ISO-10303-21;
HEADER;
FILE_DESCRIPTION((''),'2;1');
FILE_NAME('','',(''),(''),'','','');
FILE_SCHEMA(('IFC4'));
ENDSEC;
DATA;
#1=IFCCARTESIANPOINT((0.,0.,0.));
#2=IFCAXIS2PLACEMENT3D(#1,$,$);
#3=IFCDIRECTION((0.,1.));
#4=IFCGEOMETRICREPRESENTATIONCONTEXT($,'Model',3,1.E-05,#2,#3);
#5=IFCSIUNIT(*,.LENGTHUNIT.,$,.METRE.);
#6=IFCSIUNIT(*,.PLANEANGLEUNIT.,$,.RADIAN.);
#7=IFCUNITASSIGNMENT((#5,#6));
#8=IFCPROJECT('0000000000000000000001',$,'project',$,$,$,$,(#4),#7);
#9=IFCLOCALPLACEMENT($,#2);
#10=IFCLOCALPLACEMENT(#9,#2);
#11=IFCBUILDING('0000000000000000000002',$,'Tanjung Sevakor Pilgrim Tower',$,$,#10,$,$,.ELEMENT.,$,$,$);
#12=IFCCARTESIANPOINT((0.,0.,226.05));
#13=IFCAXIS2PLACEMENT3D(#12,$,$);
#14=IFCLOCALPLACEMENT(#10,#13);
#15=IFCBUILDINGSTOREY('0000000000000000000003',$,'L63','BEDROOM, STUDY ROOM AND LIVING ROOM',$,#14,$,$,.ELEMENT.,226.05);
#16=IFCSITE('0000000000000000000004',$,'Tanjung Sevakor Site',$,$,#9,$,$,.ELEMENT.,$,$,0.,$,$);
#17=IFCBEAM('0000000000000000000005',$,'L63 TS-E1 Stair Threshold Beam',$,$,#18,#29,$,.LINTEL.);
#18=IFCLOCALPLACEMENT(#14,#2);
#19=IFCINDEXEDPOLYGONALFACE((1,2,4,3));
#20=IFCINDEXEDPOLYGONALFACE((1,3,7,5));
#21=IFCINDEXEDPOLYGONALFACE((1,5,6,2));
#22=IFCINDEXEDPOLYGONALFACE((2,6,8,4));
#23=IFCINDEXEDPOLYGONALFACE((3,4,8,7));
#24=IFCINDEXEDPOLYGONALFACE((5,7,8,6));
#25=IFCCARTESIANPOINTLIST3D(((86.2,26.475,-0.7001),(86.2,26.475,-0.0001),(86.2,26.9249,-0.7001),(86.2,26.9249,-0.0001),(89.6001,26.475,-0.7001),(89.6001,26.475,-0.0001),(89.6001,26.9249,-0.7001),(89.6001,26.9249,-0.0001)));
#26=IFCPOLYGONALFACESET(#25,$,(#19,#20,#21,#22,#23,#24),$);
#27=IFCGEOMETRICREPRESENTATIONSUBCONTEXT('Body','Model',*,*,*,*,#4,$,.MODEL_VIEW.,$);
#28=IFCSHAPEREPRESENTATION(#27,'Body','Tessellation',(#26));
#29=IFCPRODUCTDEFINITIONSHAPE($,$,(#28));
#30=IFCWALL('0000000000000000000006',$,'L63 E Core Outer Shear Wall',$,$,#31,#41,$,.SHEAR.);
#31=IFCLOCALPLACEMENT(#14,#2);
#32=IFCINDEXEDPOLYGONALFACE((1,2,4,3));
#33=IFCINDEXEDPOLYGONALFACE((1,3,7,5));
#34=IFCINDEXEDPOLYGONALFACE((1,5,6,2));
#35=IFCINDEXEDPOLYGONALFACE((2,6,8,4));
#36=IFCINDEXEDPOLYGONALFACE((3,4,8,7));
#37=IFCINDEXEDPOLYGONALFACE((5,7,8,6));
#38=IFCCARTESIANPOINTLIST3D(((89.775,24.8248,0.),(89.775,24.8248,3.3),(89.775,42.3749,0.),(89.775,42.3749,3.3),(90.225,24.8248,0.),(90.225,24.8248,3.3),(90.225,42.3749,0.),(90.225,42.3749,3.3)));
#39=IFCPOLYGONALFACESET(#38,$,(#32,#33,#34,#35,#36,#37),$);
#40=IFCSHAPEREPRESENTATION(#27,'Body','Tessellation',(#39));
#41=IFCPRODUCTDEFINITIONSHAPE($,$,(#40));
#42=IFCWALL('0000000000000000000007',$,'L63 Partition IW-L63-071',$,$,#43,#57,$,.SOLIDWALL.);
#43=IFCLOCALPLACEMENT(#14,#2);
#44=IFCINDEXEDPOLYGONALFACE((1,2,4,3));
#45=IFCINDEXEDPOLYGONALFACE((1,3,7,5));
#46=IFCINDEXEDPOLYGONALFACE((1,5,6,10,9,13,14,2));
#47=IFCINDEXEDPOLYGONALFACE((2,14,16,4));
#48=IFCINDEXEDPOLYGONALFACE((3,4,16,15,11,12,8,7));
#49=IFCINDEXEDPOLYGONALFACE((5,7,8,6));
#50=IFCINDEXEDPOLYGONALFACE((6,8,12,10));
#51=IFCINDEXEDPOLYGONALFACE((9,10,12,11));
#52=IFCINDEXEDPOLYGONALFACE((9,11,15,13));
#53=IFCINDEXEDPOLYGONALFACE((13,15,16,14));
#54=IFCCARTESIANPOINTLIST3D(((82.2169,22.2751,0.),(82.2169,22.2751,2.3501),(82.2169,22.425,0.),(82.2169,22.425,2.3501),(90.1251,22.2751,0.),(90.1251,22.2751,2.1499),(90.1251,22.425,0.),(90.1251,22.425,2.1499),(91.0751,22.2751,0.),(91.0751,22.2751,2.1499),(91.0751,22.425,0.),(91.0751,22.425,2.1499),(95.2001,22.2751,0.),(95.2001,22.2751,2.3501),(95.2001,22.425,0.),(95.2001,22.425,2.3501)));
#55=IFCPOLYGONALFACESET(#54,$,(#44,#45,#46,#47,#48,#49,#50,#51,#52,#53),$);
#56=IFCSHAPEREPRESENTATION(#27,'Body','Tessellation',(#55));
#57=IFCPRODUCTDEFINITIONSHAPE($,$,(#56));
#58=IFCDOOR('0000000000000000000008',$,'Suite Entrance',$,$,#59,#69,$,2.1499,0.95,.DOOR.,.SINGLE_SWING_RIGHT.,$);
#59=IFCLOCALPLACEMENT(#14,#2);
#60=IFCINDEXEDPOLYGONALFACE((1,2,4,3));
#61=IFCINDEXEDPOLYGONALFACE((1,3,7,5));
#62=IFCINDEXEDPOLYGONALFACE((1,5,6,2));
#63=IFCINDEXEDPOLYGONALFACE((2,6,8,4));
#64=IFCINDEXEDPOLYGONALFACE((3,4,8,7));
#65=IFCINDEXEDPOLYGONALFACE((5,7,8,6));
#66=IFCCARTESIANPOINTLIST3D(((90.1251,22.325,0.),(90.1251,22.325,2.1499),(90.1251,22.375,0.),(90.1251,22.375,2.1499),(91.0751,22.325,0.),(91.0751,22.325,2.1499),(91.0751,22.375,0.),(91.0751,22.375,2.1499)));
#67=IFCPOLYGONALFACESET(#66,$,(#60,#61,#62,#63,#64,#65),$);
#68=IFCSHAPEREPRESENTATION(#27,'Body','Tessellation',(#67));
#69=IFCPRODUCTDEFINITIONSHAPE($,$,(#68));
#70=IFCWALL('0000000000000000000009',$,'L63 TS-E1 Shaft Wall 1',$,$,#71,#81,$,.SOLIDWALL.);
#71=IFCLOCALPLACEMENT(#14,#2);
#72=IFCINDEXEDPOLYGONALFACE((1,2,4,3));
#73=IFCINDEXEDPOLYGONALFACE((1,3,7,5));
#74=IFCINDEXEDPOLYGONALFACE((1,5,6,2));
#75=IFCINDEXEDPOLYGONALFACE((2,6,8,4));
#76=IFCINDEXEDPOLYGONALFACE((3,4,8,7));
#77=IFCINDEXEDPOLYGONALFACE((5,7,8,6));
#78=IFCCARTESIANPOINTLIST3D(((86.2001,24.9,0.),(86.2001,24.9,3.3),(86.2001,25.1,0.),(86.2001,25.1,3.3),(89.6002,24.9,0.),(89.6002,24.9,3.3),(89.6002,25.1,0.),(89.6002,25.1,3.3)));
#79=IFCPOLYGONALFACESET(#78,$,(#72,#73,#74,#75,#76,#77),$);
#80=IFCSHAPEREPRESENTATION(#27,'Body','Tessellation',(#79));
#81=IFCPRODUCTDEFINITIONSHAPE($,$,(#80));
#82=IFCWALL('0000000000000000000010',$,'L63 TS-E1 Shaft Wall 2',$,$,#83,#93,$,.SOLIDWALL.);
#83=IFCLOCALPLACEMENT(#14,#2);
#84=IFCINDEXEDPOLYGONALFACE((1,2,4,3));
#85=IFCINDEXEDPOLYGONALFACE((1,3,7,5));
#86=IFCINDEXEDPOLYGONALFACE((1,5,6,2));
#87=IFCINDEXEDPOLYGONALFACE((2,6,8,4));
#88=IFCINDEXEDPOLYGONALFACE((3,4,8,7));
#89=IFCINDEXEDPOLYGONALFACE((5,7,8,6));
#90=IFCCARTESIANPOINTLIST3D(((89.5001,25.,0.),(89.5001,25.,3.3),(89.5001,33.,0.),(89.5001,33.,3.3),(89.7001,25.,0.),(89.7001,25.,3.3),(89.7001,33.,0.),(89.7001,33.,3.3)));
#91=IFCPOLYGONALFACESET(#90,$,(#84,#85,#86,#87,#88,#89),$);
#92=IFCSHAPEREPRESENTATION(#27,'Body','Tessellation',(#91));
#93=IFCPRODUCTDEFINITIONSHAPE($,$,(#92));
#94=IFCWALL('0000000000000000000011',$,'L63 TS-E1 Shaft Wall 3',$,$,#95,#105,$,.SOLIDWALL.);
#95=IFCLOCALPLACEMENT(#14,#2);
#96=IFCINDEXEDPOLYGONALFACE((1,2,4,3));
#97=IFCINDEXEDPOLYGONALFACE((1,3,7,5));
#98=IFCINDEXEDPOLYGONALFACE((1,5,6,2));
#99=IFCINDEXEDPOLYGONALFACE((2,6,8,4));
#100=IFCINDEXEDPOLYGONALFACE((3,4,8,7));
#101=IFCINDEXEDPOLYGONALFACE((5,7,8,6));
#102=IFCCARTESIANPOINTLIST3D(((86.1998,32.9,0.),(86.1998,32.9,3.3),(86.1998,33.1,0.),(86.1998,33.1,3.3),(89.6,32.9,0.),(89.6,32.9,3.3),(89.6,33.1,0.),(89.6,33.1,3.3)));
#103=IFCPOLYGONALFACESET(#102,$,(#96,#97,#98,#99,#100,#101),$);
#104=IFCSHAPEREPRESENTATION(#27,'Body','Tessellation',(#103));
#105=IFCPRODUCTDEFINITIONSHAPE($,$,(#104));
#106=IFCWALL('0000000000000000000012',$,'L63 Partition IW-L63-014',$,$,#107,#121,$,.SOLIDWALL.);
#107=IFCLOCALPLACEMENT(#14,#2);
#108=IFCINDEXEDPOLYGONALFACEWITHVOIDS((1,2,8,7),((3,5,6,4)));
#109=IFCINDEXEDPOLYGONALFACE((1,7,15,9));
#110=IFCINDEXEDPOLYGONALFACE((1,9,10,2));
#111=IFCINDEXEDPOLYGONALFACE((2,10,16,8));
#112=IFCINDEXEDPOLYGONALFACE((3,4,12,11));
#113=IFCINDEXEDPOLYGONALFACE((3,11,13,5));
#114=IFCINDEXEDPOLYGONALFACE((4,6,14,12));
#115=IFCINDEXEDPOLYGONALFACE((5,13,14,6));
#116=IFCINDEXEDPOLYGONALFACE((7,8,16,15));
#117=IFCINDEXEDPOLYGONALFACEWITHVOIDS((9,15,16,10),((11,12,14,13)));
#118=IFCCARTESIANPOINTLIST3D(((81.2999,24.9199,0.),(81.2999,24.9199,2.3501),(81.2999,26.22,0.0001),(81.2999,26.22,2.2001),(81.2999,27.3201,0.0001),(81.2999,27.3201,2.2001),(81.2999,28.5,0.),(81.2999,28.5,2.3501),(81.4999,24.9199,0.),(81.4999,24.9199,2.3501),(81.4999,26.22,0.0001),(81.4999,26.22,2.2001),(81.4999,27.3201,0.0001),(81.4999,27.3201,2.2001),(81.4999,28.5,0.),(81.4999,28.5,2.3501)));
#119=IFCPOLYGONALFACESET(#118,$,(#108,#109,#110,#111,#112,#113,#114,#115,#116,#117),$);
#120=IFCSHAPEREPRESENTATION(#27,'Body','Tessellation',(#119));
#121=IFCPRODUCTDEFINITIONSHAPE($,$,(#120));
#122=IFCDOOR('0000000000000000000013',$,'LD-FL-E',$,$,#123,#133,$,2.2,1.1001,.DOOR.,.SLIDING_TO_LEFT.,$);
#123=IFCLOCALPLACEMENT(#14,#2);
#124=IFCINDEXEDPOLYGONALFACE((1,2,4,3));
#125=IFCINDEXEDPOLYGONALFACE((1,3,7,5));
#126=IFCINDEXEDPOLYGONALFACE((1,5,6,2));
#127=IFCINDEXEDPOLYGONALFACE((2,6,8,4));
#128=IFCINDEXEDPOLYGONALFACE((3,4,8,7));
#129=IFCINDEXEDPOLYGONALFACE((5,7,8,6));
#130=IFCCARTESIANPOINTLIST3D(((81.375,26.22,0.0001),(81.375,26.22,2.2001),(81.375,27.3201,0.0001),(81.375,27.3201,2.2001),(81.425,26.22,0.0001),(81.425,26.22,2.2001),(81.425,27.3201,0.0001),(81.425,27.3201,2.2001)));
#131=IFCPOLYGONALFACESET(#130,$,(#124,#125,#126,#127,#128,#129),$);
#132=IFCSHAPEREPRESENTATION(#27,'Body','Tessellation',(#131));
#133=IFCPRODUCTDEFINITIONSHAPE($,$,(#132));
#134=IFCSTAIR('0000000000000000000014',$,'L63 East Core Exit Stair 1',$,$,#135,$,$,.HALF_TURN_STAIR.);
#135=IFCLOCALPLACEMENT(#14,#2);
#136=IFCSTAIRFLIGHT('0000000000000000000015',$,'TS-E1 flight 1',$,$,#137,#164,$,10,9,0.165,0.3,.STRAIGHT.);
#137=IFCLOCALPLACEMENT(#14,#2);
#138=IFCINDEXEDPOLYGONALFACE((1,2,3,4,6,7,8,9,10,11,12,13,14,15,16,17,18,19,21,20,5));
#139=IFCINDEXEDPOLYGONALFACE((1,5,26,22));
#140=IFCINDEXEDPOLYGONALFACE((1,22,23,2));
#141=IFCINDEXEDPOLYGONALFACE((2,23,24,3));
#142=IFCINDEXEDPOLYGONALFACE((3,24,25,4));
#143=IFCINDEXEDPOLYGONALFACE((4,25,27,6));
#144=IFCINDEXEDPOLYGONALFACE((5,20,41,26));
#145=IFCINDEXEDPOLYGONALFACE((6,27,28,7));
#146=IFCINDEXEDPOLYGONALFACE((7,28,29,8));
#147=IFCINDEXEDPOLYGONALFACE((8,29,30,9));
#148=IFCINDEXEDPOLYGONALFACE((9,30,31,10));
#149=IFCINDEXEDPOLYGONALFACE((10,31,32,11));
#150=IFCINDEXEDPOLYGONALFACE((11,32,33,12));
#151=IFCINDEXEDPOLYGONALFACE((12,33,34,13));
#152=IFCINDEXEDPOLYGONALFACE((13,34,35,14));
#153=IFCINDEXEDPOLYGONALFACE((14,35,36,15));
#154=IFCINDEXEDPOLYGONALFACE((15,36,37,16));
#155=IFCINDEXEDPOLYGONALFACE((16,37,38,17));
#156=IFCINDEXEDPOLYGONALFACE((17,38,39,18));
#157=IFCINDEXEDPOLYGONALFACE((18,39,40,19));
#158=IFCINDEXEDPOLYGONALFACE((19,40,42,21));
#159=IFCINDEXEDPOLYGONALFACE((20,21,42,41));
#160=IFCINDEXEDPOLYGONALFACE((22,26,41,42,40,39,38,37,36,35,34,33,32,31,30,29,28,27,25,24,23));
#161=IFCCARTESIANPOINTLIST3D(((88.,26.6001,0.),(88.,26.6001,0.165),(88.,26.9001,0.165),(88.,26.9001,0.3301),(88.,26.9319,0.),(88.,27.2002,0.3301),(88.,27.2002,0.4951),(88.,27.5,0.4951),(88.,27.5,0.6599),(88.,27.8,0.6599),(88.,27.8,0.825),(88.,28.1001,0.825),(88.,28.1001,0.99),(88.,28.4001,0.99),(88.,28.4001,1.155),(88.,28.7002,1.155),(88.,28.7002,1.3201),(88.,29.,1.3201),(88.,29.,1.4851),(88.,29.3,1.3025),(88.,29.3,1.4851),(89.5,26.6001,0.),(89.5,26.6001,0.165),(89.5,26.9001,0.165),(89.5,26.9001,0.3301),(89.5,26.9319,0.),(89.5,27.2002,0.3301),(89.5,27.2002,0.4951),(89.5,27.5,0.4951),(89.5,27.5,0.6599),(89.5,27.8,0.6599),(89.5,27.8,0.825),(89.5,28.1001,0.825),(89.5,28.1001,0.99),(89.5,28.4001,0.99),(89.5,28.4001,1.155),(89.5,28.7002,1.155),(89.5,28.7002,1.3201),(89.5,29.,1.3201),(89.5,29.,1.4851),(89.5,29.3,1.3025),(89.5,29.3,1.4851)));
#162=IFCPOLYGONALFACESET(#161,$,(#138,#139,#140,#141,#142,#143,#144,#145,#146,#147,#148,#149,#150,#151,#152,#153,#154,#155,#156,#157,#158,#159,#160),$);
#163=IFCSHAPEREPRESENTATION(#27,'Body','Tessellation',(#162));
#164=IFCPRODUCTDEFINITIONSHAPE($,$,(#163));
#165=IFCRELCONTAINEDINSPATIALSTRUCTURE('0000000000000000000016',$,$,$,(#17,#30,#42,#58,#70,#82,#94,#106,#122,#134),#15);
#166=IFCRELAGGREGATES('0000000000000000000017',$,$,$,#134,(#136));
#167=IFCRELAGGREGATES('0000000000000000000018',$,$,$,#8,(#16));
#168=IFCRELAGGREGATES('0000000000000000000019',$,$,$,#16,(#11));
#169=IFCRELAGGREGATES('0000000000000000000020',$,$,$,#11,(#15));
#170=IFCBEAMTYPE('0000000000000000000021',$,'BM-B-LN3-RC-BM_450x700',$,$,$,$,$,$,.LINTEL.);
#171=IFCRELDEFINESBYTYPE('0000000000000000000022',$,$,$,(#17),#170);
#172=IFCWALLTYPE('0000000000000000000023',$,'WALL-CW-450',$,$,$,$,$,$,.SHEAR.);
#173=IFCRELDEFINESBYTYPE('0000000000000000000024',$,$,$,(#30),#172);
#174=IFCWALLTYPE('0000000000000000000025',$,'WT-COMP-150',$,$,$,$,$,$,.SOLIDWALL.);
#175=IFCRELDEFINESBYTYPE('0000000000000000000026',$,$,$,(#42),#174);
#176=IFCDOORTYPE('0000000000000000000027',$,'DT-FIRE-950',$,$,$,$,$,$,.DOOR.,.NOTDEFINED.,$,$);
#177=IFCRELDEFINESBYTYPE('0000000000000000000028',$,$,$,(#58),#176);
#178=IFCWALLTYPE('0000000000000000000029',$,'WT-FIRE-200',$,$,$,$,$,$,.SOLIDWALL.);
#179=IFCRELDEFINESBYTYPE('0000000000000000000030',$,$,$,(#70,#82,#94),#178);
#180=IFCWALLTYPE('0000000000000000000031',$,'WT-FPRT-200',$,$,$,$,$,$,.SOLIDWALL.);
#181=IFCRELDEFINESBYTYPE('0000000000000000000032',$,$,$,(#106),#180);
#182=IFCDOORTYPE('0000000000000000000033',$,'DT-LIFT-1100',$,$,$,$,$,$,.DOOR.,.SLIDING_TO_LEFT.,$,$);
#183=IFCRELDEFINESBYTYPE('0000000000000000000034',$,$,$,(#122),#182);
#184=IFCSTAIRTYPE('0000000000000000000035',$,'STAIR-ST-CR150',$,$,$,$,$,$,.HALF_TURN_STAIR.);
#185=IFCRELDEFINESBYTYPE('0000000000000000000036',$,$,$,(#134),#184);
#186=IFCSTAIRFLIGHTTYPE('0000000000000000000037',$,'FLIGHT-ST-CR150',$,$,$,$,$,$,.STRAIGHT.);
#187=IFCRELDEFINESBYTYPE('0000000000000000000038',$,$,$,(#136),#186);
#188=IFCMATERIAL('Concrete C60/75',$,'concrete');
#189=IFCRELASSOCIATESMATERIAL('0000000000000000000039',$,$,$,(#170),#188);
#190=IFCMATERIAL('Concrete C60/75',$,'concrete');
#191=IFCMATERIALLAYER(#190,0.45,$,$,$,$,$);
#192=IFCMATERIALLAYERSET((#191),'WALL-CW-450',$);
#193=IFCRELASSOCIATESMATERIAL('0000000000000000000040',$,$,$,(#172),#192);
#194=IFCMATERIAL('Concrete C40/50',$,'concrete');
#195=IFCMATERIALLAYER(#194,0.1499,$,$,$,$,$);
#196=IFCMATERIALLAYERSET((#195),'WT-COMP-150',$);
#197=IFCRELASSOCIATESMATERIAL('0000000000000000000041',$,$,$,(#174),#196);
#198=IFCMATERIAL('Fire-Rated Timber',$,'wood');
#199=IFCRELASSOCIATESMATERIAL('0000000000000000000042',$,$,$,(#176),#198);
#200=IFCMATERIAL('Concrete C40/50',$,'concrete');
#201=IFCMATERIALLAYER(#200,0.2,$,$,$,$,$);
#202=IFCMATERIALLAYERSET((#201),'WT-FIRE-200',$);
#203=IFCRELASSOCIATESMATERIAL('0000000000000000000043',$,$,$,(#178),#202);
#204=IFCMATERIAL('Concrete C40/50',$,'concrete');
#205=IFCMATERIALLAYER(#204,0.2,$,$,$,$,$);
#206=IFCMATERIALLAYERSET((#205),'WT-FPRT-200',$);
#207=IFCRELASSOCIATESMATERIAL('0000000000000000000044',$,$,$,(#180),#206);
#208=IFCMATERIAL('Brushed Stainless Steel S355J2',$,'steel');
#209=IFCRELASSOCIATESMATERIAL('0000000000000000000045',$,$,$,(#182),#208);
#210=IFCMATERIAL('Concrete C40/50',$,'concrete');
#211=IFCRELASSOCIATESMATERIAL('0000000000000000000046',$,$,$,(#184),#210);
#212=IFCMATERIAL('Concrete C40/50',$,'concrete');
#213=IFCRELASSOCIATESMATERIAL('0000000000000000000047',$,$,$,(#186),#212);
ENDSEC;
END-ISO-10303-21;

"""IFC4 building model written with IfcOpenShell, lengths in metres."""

from ifc_helpers import new_model, si_unit, direction, frame, frame_2d, origin, origin_2d, place, context, subcontext, project, spatial, polyline, rectangle, outline, extrude, material, layer, layer_set, material_profile, profile_set, type_object, element, fill, aggregate, save


model = new_model("IFC4")

# Units and contexts
model_context = context("Model", 3, precision=1e-05, world=origin(), true_north=direction((0.0, 1.0)))
body_context = subcontext(model_context, "Body", "Model", "MODEL_VIEW")
ifc_project = project(units=[si_unit("LENGTHUNIT", "METRE"), si_unit("PLANEANGLEUNIT", "RADIAN")], contexts=[model_context])

# Site, building, storey
site_placement = place(None, origin())
site = spatial("IfcSite", under=ifc_project, at=site_placement, Name="Tanjung Sevakor Site", CompositionType="ELEMENT", RefElevation=0.0)
building_placement = place(site_placement, origin())
building = spatial("IfcBuilding", under=site, at=building_placement, Name="Tanjung Sevakor Pilgrim Tower", CompositionType="ELEMENT")
storey_placement = place(building_placement, frame((0.0, 0.0, 226.05)))
storey = spatial("IfcBuildingStorey", under=building, at=storey_placement, Name="L63", Description="BEDROOM, STUDY ROOM AND LIVING ROOM", CompositionType="ELEMENT", Elevation=226.05)

# Beam
ifc_material_1 = material(Name="Concrete C60/75", Category="concrete")
ifc_material_profile = material_profile(ifc_material_1, rectangle(XDim=0.45, YDim=0.7, at=origin_2d()))
ifc_profile_set = profile_set([ifc_material_profile], Name="Concrete C60/75")
beam_type = type_object("IfcBeamType", Name="BM-B-LN3-RC-BM_450x700", PredefinedType="LINTEL", material=ifc_profile_set)
beam_placement = place(storey_placement, frame((86.2, 26.7, -0.3501), z_axis=(1.0, 0.0, 0.0), x_axis=(0.0, 1.0, 0.0)))
element("IfcBeam", 1, at=beam_placement, inside=storey, type_object=beam_type, Name="L63 TS-E1 Stair Threshold Beam", PredefinedType="LINTEL", context=body_context, shape_type="SweptSolid", body=[
    extrude(rectangle(XDim=0.45, YDim=0.7, at=origin_2d()), origin(), (0.0, 0.0, 1.0), 3.4001),
])

# Wall
ifc_material_2 = material(Name="Concrete C60/75", Category="concrete")
ifc_layer_1 = layer(ifc_material_2, 0.45)
ifc_layer_set_1 = layer_set([ifc_layer_1], Name="WALL-CW-450")
wall_type_1 = type_object("IfcWallType", Name="WALL-CW-450", PredefinedType="SHEAR", material=ifc_layer_set_1)
wall_1_placement = place(storey_placement, frame((90.0, 24.825, 0.0), z_axis=(0.0, 0.0, 1.0), x_axis=(0.0, 1.0, 0.0)))
element("IfcWall", 2, at=wall_1_placement, inside=storey, type_object=wall_type_1, Name="L63 E Core Outer Shear Wall", PredefinedType="SHEAR", context=body_context, shape_type="SweptSolid", body=[
    extrude(rectangle(XDim=17.55, YDim=0.45, at=frame_2d((8.7749, 0.0))), origin(), (0.0, 0.0, 1.0), 3.3),
])

# Shared definitions
ifc_material_3 = material(Name="Concrete C40/50", Category="concrete")
ifc_layer_2 = layer(ifc_material_3, 0.1499)
ifc_layer_set_2 = layer_set([ifc_layer_2], Name="WT-COMP-150")
wall_type_2 = type_object("IfcWallType", Name="WT-COMP-150", PredefinedType="SOLIDWALL", material=ifc_layer_set_2)

# Shared definitions
ifc_material_4 = material(Name="Fire-Rated Timber", Category="wood")
door_type_1 = type_object("IfcDoorType", Name="DT-FIRE-950", OperationType="NOTDEFINED", PredefinedType="DOOR", material=ifc_material_4)

# Wall, opening, door
wall_2_placement = place(storey_placement, frame((82.2168, 22.3501, 0.0), z_axis=(0.0, 0.0, 1.0), x_axis=(1.0, 0.0, 0.0)))
wall_2 = element("IfcWall", 3, at=wall_2_placement, inside=storey, type_object=wall_type_2, Name="L63 Partition IW-L63-071", PredefinedType="SOLIDWALL", context=body_context, shape_type="SweptSolid", body=[
    extrude(rectangle(XDim=12.9832, YDim=0.1499, at=frame_2d((6.4917, 0.0))), origin(), (0.0, 0.0, 1.0), 2.3501),
])
opening_1_placement = place(wall_2_placement, frame((7.9082, 0.0, 0.0)))
opening_1 = element("IfcOpeningElement", 4, at=opening_1_placement, cuts=wall_2, PredefinedType="OPENING", context=body_context, shape_type="SweptSolid", body=[
    extrude(rectangle(XDim=0.95, YDim=2.1499, at=frame_2d((0.4751, 1.075))), frame((0.0, 0.085, 0.0), z_axis=(0.0, -1.0, 0.0), x_axis=(1.0, 0.0, 0.0)), (0.0, 0.0, 1.0), 0.1699),
])
door_1_placement = place(opening_1_placement, origin())
door_1 = element("IfcDoor", 5, at=door_1_placement, inside=storey, type_object=door_type_1, Name="Suite Entrance", OperationType="SINGLE_SWING_RIGHT", OverallHeight=2.1499, OverallWidth=0.95, PredefinedType="DOOR", context=body_context, shape_type="SweptSolid", body=[
    extrude(rectangle(XDim=0.95, YDim=2.1499, at=frame_2d((0.4751, 1.075))), frame((0.0, 0.0249, 0.0), z_axis=(0.0, -1.0, 0.0), x_axis=(1.0, 0.0, 0.0)), (0.0, 0.0, 1.0), 0.05),
])
fill(opening_1, door_1)

# Walls
ifc_material_5 = material(Name="Concrete C40/50", Category="concrete")
ifc_layer_3 = layer(ifc_material_5, 0.2)
ifc_layer_set_3 = layer_set([ifc_layer_3], Name="WT-FIRE-200")
wall_type_3 = type_object("IfcWallType", Name="WT-FIRE-200", PredefinedType="SOLIDWALL", material=ifc_layer_set_3)
wall_3_placement = place(storey_placement, frame((86.2, 25.0, 0.0), z_axis=(0.0, 0.0, 1.0), x_axis=(1.0, 0.0, 0.0)))
element("IfcWall", 6, at=wall_3_placement, inside=storey, type_object=wall_type_3, Name="L63 TS-E1 Shaft Wall 1", PredefinedType="SOLIDWALL", context=body_context, shape_type="SweptSolid", body=[
    extrude(rectangle(XDim=3.4001, YDim=0.2, at=frame_2d((1.7002, 0.0))), origin(), (0.0, 0.0, 1.0), 3.3),
])
wall_4_placement = place(storey_placement, frame((89.6001, 25.0, 0.0), z_axis=(0.0, 0.0, 1.0), x_axis=(0.0, 1.0, 0.0)))
element("IfcWall", 7, at=wall_4_placement, inside=storey, type_object=wall_type_3, Name="L63 TS-E1 Shaft Wall 2", PredefinedType="SOLIDWALL", context=body_context, shape_type="SweptSolid", body=[
    extrude(rectangle(XDim=8.0, YDim=0.2, at=frame_2d((4.0, 0.0))), origin(), (0.0, 0.0, 1.0), 3.3),
])
wall_5_placement = place(storey_placement, frame((89.6001, 33.0, 0.0), z_axis=(0.0, 0.0, 1.0), x_axis=(-1.0, 0.0, 0.0)))
element("IfcWall", 8, at=wall_5_placement, inside=storey, type_object=wall_type_3, Name="L63 TS-E1 Shaft Wall 3", PredefinedType="SOLIDWALL", context=body_context, shape_type="SweptSolid", body=[
    extrude(rectangle(XDim=3.4001, YDim=0.2, at=frame_2d((1.7002, 0.0))), origin(), (0.0, 0.0, 1.0), 3.3),
])

# Wall, opening, door
ifc_material_6 = material(Name="Concrete C40/50", Category="concrete")
ifc_layer_4 = layer(ifc_material_6, 0.2)
ifc_layer_set_4 = layer_set([ifc_layer_4], Name="WT-FPRT-200")
wall_type_4 = type_object("IfcWallType", Name="WT-FPRT-200", PredefinedType="SOLIDWALL", material=ifc_layer_set_4)
wall_6_placement = place(storey_placement, frame((81.3999, 24.9199, 0.0), z_axis=(0.0, 0.0, 1.0), x_axis=(0.0, 1.0, 0.0)))
wall_6 = element("IfcWall", 9, at=wall_6_placement, inside=storey, type_object=wall_type_4, Name="L63 Partition IW-L63-014", PredefinedType="SOLIDWALL", context=body_context, shape_type="SweptSolid", body=[
    extrude(rectangle(XDim=3.5801, YDim=0.2, at=frame_2d((1.79, 0.0))), origin(), (0.0, 0.0, 1.0), 2.3501),
])
opening_2_placement = place(wall_6_placement, frame((1.3, 0.0, 0.0)))
opening_2 = element("IfcOpeningElement", 10, at=opening_2_placement, cuts=wall_6, PredefinedType="OPENING", context=body_context, shape_type="SweptSolid", body=[
    extrude(rectangle(XDim=1.1001, YDim=2.2, at=frame_2d((0.55, 1.1001))), frame((0.0, 0.1099, 0.0), z_axis=(0.0, -1.0, 0.0), x_axis=(1.0, 0.0, 0.0)), (0.0, 0.0, 1.0), 0.22),
])
ifc_material_7 = material(Name="Brushed Stainless Steel S355J2", Category="steel")
door_type_2 = type_object("IfcDoorType", Name="DT-LIFT-1100", OperationType="SLIDING_TO_LEFT", PredefinedType="DOOR", material=ifc_material_7)
door_2_placement = place(opening_2_placement, origin())
door_2 = element("IfcDoor", 11, at=door_2_placement, inside=storey, type_object=door_type_2, Name="LD-FL-E", OperationType="SLIDING_TO_LEFT", OverallHeight=2.2, OverallWidth=1.1001, PredefinedType="DOOR", context=body_context, shape_type="SweptSolid", body=[
    extrude(rectangle(XDim=1.1001, YDim=2.2, at=frame_2d((0.55, 1.1001))), frame((0.0, 0.0249, 0.0), z_axis=(0.0, -1.0, 0.0), x_axis=(1.0, 0.0, 0.0)), (0.0, 0.0, 1.0), 0.05),
])
fill(opening_2, door_2)

# Stair, stair flight
ifc_material_8 = material(Name="Concrete C40/50", Category="concrete")
stair_type = type_object("IfcStairType", Name="STAIR-ST-CR150", PredefinedType="HALF_TURN_STAIR", material=ifc_material_8)
stair_placement = place(storey_placement, origin())
stair = element("IfcStair", 12, at=stair_placement, inside=storey, type_object=stair_type, Name="L63 East Core Exit Stair 1", PredefinedType="HALF_TURN_STAIR")
ifc_material_9 = material(Name="Concrete C40/50", Category="concrete")
stair_flight_type = type_object("IfcStairFlightType", Name="FLIGHT-ST-CR150", PredefinedType="STRAIGHT", material=ifc_material_9)
stair_flight_1_placement = place(storey_placement, frame((88.75, 26.6001, 0.0), z_axis=(0.0, 0.0, 1.0), x_axis=(0.0, 1.0, 0.0)))
stair_flight_1 = element("IfcStairFlight", 13, at=stair_flight_1_placement, type_object=stair_flight_type, Name="TS-E1 flight 1", NumberOfRisers=10, NumberOfTreads=9, PredefinedType="STRAIGHT", RiserHeight=0.165, TreadLength=0.3, context=body_context, shape_type="SweptSolid", body=[
    extrude(outline(polyline([(0.0, 0.0), (0.0, 0.165), (0.3, 0.165), (0.3, 0.3301), (0.6001, 0.3301), (0.6001, 0.4951), (0.8999, 0.4951), (0.8999, 0.6599), (1.2, 0.6599), (1.2, 0.825), (1.5, 0.825), (1.5, 0.99), (1.8, 0.99), (1.8, 1.155), (2.1001, 1.155), (2.1001, 1.3201), (2.3999, 1.3201), (2.3999, 1.4851), (2.7, 1.4851), (2.7, 1.6499), (2.7, 1.3025), (0.3318, 0.0), (0.0, 0.0)])), frame((0.0, 0.75, 0.0), z_axis=(0.0, -1.0, 0.0), x_axis=(1.0, 0.0, 0.0)), (0.0, 0.0, 1.0), 1.5),
])
aggregate(stair, [stair_flight_1])

save(model, "model.ifc")
